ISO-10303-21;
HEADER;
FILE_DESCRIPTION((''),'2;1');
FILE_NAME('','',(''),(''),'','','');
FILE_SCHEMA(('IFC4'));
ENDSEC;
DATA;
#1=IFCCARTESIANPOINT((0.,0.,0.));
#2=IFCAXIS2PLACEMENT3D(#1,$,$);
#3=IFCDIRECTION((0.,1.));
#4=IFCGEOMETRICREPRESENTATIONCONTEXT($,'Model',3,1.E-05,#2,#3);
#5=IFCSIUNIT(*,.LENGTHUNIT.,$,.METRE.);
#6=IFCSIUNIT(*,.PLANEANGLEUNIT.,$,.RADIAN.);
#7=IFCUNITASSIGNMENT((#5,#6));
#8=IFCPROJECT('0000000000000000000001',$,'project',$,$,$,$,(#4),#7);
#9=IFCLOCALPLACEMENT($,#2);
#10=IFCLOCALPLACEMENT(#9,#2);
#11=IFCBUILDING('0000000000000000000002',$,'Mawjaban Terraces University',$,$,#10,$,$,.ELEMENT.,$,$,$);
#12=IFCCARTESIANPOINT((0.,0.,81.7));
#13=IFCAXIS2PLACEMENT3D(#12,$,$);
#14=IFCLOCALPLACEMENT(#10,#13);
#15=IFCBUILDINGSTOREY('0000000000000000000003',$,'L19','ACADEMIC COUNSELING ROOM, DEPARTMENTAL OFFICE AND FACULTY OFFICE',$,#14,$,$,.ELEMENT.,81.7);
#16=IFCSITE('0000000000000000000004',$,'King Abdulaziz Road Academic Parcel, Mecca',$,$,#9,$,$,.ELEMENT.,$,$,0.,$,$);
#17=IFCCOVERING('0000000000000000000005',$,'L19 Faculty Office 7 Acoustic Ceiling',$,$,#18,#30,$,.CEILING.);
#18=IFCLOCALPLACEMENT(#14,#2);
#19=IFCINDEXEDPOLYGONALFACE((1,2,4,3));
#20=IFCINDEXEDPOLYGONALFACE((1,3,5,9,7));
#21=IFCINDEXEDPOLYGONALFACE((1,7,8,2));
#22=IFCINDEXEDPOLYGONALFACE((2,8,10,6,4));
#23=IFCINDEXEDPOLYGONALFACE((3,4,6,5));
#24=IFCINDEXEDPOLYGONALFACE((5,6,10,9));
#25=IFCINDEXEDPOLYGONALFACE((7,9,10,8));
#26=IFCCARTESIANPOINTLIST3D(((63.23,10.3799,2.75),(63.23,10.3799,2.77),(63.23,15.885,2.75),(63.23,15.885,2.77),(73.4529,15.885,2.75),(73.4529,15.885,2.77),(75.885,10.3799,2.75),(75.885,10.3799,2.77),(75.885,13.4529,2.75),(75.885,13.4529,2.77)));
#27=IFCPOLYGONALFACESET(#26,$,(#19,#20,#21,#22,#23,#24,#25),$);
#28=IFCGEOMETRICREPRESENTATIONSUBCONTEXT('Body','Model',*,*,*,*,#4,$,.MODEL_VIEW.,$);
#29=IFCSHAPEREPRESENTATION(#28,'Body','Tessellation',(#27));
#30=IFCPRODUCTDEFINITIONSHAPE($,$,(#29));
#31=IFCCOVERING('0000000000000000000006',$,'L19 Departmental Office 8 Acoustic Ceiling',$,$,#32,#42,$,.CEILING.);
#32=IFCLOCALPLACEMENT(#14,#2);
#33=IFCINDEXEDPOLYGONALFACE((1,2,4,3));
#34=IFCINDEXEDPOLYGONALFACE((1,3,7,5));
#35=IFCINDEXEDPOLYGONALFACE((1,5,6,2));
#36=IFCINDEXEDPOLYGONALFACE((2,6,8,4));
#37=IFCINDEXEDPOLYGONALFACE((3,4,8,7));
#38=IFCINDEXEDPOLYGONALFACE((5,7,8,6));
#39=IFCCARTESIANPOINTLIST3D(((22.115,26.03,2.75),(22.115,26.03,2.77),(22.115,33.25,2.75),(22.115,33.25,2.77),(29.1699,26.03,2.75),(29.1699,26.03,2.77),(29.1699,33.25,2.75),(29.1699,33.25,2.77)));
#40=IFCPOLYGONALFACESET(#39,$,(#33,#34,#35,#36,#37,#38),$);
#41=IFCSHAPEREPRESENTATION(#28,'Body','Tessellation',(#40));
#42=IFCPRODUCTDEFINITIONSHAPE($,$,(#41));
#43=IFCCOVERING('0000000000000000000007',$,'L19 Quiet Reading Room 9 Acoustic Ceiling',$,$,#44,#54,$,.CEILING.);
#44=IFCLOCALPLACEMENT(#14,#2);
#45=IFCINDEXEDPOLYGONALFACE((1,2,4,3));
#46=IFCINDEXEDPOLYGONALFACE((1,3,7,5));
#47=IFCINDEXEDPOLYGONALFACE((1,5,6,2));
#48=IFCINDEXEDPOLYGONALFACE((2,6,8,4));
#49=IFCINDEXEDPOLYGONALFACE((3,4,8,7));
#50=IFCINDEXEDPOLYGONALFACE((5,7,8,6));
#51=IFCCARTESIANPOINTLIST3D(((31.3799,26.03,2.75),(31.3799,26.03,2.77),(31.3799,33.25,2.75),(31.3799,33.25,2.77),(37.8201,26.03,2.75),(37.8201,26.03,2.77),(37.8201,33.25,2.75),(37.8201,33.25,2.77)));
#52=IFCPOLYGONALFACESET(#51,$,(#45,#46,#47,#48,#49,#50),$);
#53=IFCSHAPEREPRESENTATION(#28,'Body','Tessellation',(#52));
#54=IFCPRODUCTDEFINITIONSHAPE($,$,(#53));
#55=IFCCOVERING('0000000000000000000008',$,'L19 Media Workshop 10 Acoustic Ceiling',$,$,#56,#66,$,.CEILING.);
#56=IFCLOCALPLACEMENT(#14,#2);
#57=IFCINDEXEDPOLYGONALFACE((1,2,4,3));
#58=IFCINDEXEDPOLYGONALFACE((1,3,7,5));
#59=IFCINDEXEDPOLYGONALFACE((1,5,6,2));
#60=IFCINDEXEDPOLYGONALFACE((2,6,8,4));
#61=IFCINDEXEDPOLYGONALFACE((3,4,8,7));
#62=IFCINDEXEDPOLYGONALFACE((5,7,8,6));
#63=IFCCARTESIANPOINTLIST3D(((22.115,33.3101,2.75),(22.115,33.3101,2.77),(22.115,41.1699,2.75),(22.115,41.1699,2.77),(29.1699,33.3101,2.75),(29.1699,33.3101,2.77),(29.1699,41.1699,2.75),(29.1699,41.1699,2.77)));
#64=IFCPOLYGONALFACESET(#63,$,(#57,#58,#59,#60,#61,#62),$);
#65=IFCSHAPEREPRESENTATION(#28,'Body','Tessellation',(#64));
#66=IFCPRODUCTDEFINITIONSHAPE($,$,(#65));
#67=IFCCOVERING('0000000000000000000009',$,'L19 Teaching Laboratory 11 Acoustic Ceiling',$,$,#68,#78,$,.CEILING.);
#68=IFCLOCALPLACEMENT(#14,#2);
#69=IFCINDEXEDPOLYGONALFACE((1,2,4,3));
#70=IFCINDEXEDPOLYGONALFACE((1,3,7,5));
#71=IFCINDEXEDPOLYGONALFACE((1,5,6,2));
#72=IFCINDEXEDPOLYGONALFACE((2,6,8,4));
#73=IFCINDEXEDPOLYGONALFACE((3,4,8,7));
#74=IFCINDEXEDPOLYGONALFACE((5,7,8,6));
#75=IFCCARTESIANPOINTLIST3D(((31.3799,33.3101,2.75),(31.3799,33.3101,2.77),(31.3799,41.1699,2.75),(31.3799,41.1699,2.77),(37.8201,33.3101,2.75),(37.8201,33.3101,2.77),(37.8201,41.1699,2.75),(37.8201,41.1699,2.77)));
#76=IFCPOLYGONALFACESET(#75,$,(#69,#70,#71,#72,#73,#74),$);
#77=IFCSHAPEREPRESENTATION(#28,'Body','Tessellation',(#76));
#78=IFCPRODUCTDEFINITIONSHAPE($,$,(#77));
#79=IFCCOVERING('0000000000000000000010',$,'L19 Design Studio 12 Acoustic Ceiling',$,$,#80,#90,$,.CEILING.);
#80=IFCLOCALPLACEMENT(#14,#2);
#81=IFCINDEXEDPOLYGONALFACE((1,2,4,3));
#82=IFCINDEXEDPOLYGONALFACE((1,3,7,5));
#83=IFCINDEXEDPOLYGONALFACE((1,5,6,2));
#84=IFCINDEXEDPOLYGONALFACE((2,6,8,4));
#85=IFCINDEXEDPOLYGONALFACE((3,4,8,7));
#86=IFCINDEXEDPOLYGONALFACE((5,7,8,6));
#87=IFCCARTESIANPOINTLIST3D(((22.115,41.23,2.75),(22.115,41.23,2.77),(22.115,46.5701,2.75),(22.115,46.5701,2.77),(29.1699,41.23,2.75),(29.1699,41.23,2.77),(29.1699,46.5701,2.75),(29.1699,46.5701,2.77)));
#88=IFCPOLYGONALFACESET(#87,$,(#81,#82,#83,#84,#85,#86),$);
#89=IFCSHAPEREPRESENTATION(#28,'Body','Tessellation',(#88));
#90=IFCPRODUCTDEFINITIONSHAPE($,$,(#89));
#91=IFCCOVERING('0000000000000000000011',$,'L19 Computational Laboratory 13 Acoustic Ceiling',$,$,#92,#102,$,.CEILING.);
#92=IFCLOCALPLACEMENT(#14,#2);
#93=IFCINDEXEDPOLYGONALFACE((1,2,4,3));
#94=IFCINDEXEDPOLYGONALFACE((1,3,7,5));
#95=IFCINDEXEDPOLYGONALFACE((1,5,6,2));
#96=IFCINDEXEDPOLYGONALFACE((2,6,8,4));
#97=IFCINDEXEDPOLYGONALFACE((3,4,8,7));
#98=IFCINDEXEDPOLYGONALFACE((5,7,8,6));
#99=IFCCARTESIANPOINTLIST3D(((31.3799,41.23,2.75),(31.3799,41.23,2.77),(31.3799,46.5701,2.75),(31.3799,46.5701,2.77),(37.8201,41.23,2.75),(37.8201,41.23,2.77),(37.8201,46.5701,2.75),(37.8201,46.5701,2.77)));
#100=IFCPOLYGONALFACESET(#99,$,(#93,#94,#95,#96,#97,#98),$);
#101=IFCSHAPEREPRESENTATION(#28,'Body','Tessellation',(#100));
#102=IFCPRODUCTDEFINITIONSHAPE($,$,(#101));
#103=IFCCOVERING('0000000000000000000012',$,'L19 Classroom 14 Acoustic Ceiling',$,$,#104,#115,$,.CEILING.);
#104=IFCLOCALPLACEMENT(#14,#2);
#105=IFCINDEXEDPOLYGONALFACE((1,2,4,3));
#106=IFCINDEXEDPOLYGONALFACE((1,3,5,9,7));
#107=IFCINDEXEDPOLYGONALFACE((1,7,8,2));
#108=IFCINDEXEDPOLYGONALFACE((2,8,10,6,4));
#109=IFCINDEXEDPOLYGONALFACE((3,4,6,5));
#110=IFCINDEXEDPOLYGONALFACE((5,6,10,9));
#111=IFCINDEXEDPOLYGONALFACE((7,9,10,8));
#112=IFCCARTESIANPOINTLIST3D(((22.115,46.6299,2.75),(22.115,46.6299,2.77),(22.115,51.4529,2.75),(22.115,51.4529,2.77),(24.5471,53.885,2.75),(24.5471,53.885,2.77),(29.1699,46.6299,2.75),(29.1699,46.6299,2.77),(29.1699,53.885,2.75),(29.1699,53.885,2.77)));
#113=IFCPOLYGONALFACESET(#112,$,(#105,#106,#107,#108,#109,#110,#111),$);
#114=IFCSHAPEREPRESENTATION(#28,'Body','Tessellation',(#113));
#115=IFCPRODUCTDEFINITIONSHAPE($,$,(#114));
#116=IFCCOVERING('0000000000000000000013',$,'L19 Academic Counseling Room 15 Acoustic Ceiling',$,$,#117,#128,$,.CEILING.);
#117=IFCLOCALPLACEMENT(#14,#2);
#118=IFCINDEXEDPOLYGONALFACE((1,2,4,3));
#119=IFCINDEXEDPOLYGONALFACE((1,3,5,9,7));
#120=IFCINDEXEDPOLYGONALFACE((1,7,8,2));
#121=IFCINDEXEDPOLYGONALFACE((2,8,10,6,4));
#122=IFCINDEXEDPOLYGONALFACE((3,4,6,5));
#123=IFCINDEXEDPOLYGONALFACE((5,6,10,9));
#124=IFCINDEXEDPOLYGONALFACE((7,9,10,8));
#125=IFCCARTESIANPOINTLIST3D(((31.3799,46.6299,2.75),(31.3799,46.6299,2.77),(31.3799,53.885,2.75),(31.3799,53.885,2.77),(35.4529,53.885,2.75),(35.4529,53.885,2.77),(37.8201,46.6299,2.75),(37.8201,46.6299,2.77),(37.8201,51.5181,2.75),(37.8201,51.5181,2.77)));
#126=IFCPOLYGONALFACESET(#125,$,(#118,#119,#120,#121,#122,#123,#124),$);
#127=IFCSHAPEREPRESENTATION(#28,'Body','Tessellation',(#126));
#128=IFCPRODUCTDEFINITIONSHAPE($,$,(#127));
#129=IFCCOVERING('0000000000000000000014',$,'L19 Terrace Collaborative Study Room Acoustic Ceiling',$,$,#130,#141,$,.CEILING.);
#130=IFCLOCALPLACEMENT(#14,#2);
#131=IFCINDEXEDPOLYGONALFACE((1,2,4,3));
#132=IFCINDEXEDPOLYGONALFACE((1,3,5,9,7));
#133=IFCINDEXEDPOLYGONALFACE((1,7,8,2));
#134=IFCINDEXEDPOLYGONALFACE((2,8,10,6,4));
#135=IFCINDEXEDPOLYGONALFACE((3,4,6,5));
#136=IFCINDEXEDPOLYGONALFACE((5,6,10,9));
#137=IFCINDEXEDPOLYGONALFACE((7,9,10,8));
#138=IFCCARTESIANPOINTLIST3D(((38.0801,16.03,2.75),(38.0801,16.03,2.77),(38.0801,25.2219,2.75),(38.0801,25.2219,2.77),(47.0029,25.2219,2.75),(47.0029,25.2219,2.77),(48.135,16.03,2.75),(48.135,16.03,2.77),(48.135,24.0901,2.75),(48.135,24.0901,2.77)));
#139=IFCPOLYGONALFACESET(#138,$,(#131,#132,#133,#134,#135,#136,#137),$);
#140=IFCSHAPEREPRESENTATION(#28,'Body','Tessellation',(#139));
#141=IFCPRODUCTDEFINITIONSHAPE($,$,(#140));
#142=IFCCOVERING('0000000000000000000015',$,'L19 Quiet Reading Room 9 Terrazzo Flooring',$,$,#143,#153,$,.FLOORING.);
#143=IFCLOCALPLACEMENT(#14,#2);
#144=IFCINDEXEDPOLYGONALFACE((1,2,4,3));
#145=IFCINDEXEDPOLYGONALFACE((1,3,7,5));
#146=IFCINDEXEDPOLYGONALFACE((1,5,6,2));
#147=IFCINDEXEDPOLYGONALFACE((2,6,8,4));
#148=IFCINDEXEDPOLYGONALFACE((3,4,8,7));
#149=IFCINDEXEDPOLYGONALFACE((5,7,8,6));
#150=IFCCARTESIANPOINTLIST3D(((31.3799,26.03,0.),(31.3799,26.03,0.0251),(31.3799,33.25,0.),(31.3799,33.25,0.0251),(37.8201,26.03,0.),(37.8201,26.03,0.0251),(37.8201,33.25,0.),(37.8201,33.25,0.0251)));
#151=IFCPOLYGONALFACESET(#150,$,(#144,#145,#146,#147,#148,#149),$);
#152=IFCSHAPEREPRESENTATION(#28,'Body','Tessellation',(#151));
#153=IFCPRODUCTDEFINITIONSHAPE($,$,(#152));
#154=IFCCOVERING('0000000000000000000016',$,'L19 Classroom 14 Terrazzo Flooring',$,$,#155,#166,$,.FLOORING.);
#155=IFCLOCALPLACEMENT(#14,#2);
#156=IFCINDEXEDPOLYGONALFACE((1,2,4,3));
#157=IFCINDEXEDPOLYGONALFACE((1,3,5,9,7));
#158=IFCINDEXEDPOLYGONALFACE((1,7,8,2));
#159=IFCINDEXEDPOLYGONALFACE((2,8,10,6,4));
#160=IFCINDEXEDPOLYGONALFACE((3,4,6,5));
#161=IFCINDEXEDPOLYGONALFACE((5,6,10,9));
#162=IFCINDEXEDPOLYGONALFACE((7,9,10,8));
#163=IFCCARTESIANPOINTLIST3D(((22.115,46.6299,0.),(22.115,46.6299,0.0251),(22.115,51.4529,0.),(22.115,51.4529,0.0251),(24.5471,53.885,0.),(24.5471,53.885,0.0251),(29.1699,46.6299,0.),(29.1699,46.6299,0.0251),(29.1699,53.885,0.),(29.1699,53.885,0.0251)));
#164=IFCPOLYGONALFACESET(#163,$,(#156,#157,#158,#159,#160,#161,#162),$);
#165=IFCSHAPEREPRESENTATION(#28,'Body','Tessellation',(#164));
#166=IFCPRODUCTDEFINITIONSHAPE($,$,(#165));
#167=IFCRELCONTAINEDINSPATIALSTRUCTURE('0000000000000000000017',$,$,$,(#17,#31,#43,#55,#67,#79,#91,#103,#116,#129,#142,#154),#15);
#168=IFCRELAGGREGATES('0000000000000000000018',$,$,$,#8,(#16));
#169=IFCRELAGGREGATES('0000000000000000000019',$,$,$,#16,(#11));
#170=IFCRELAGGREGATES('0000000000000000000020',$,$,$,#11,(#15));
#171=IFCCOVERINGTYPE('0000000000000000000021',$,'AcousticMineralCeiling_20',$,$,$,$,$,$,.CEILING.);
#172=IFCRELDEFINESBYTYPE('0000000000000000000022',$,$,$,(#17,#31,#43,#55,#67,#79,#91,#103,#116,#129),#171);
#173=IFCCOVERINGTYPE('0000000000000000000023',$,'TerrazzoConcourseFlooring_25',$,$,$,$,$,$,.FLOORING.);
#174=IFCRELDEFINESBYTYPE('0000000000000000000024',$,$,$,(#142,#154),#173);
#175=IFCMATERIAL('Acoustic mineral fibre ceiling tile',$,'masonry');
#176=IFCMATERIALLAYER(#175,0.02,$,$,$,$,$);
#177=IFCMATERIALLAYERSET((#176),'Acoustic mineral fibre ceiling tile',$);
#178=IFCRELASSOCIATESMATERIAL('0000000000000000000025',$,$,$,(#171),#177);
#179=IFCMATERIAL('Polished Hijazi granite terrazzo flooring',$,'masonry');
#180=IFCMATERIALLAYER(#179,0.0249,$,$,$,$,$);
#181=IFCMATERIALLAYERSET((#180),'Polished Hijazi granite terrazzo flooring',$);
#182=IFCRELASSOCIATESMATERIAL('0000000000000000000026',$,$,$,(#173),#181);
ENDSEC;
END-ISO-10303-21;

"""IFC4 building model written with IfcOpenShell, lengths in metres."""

from ifc_helpers import new_model, si_unit, direction, frame, origin, place, context, subcontext, project, spatial, polyline, outline, extrude, material, layer, layer_set, type_object, element, save


model = new_model("IFC4")

# Units and contexts
model_context = context("Model", 3, precision=1e-05, world=origin(), true_north=direction((0.0, 1.0)))
body_context = subcontext(model_context, "Body", "Model", "MODEL_VIEW")
ifc_project = project(units=[si_unit("LENGTHUNIT", "METRE"), si_unit("PLANEANGLEUNIT", "RADIAN")], contexts=[model_context])

# Site, building, storey
site_placement = place(None, origin())
site = spatial("IfcSite", under=ifc_project, at=site_placement, Name="King Abdulaziz Road Academic Parcel, Mecca", CompositionType="ELEMENT", RefElevation=0.0)
building_placement = place(site_placement, origin())
building = spatial("IfcBuilding", under=site, at=building_placement, Name="Mawjaban Terraces University", CompositionType="ELEMENT")
storey_placement = place(building_placement, frame((0.0, 0.0, 81.7)))
storey = spatial("IfcBuildingStorey", under=building, at=storey_placement, Name="L19", Description="ACADEMIC COUNSELING ROOM, DEPARTMENTAL OFFICE AND FACULTY OFFICE", CompositionType="ELEMENT", Elevation=81.7)

# Coverings
ifc_material_1 = material(Name="Acoustic mineral fibre ceiling tile", Category="masonry")
ifc_layer_1 = layer(ifc_material_1, 0.02)
ifc_layer_set_1 = layer_set([ifc_layer_1], Name="Acoustic mineral fibre ceiling tile")
covering_type_1 = type_object("IfcCoveringType", Name="AcousticMineralCeiling_20", PredefinedType="CEILING", material=ifc_layer_set_1)
covering_1_placement = place(storey_placement, frame((0.0, 0.0, 2.75)))
element("IfcCovering", 1, at=covering_1_placement, inside=storey, type_object=covering_type_1, Name="L19 Faculty Office 7 Acoustic Ceiling", PredefinedType="CEILING", context=body_context, shape_type="SweptSolid", body=[
    extrude(outline(polyline([(75.885, 10.3799), (75.885, 13.4529), (73.4529, 15.885), (63.23, 15.885), (63.23, 10.3799), (75.885, 10.3799)])), origin(), (0.0, 0.0, 1.0), 0.02),
])
covering_2_placement = place(storey_placement, frame((0.0, 0.0, 2.75)))
element("IfcCovering", 2, at=covering_2_placement, inside=storey, type_object=covering_type_1, Name="L19 Departmental Office 8 Acoustic Ceiling", PredefinedType="CEILING", context=body_context, shape_type="SweptSolid", body=[
    extrude(outline(polyline([(22.115, 33.25), (22.115, 26.03), (29.1699, 26.03), (29.1699, 33.25), (22.115, 33.25)])), origin(), (0.0, 0.0, 1.0), 0.02),
])
covering_3_placement = place(storey_placement, frame((0.0, 0.0, 2.75)))
element("IfcCovering", 3, at=covering_3_placement, inside=storey, type_object=covering_type_1, Name="L19 Quiet Reading Room 9 Acoustic Ceiling", PredefinedType="CEILING", context=body_context, shape_type="SweptSolid", body=[
    extrude(outline(polyline([(37.8201, 26.03), (37.8201, 33.25), (31.3799, 33.25), (31.3799, 26.03), (37.8201, 26.03)])), origin(), (0.0, 0.0, 1.0), 0.02),
])
covering_4_placement = place(storey_placement, frame((0.0, 0.0, 2.75)))
element("IfcCovering", 4, at=covering_4_placement, inside=storey, type_object=covering_type_1, Name="L19 Media Workshop 10 Acoustic Ceiling", PredefinedType="CEILING", context=body_context, shape_type="SweptSolid", body=[
    extrude(outline(polyline([(22.115, 41.1699), (22.115, 33.3101), (29.1699, 33.3101), (29.1699, 41.1699), (22.115, 41.1699)])), origin(), (0.0, 0.0, 1.0), 0.02),
])
covering_5_placement = place(storey_placement, frame((0.0, 0.0, 2.75)))
element("IfcCovering", 5, at=covering_5_placement, inside=storey, type_object=covering_type_1, Name="L19 Teaching Laboratory 11 Acoustic Ceiling", PredefinedType="CEILING", context=body_context, shape_type="SweptSolid", body=[
    extrude(outline(polyline([(37.8201, 33.3101), (37.8201, 41.1699), (31.3799, 41.1699), (31.3799, 33.3101), (37.8201, 33.3101)])), origin(), (0.0, 0.0, 1.0), 0.02),
])
covering_6_placement = place(storey_placement, frame((0.0, 0.0, 2.75)))
element("IfcCovering", 6, at=covering_6_placement, inside=storey, type_object=covering_type_1, Name="L19 Design Studio 12 Acoustic Ceiling", PredefinedType="CEILING", context=body_context, shape_type="SweptSolid", body=[
    extrude(outline(polyline([(22.115, 46.5701), (22.115, 41.23), (29.1699, 41.23), (29.1699, 46.5701), (22.115, 46.5701)])), origin(), (0.0, 0.0, 1.0), 0.02),
])
covering_7_placement = place(storey_placement, frame((0.0, 0.0, 2.75)))
element("IfcCovering", 7, at=covering_7_placement, inside=storey, type_object=covering_type_1, Name="L19 Computational Laboratory 13 Acoustic Ceiling", PredefinedType="CEILING", context=body_context, shape_type="SweptSolid", body=[
    extrude(outline(polyline([(37.8201, 41.23), (37.8201, 46.5701), (31.3799, 46.5701), (31.3799, 41.23), (37.8201, 41.23)])), origin(), (0.0, 0.0, 1.0), 0.02),
])
covering_8_placement = place(storey_placement, frame((0.0, 0.0, 2.75)))
element("IfcCovering", 8, at=covering_8_placement, inside=storey, type_object=covering_type_1, Name="L19 Classroom 14 Acoustic Ceiling", PredefinedType="CEILING", context=body_context, shape_type="SweptSolid", body=[
    extrude(outline(polyline([(29.1699, 53.885), (24.5471, 53.885), (22.115, 51.4529), (22.115, 46.6299), (29.1699, 46.6299), (29.1699, 53.885)])), origin(), (0.0, 0.0, 1.0), 0.02),
])
covering_9_placement = place(storey_placement, frame((0.0, 0.0, 2.75)))
element("IfcCovering", 9, at=covering_9_placement, inside=storey, type_object=covering_type_1, Name="L19 Academic Counseling Room 15 Acoustic Ceiling", PredefinedType="CEILING", context=body_context, shape_type="SweptSolid", body=[
    extrude(outline(polyline([(37.8201, 51.5181), (35.4529, 53.885), (31.3799, 53.885), (31.3799, 46.6299), (37.8201, 46.6299), (37.8201, 51.5181)])), origin(), (0.0, 0.0, 1.0), 0.02),
])
covering_10_placement = place(storey_placement, frame((0.0, 0.0, 2.75)))
element("IfcCovering", 10, at=covering_10_placement, inside=storey, type_object=covering_type_1, Name="L19 Terrace Collaborative Study Room Acoustic Ceiling", PredefinedType="CEILING", context=body_context, shape_type="SweptSolid", body=[
    extrude(outline(polyline([(48.135, 16.03), (48.135, 24.0901), (47.0029, 25.2219), (38.0801, 25.2219), (38.0801, 16.03), (48.135, 16.03)])), origin(), (0.0, 0.0, 1.0), 0.02),
])
ifc_material_2 = material(Name="Polished Hijazi granite terrazzo flooring", Category="masonry")
ifc_layer_2 = layer(ifc_material_2, 0.0249)
ifc_layer_set_2 = layer_set([ifc_layer_2], Name="Polished Hijazi granite terrazzo flooring")
covering_type_2 = type_object("IfcCoveringType", Name="TerrazzoConcourseFlooring_25", PredefinedType="FLOORING", material=ifc_layer_set_2)
covering_11_placement = place(storey_placement, origin())
element("IfcCovering", 11, at=covering_11_placement, inside=storey, type_object=covering_type_2, Name="L19 Quiet Reading Room 9 Terrazzo Flooring", PredefinedType="FLOORING", context=body_context, shape_type="SweptSolid", body=[
    extrude(outline(polyline([(37.8201, 26.03), (37.8201, 33.25), (31.3799, 33.25), (31.3799, 26.03), (37.8201, 26.03)])), origin(), (0.0, 0.0, 1.0), 0.0251),
])
covering_12_placement = place(storey_placement, origin())
element("IfcCovering", 12, at=covering_12_placement, inside=storey, type_object=covering_type_2, Name="L19 Classroom 14 Terrazzo Flooring", PredefinedType="FLOORING", context=body_context, shape_type="SweptSolid", body=[
    extrude(outline(polyline([(29.1699, 53.885), (24.5471, 53.885), (22.115, 51.4529), (22.115, 46.6299), (29.1699, 46.6299), (29.1699, 53.885)])), origin(), (0.0, 0.0, 1.0), 0.0251),
])

save(model, "model.ifc")
